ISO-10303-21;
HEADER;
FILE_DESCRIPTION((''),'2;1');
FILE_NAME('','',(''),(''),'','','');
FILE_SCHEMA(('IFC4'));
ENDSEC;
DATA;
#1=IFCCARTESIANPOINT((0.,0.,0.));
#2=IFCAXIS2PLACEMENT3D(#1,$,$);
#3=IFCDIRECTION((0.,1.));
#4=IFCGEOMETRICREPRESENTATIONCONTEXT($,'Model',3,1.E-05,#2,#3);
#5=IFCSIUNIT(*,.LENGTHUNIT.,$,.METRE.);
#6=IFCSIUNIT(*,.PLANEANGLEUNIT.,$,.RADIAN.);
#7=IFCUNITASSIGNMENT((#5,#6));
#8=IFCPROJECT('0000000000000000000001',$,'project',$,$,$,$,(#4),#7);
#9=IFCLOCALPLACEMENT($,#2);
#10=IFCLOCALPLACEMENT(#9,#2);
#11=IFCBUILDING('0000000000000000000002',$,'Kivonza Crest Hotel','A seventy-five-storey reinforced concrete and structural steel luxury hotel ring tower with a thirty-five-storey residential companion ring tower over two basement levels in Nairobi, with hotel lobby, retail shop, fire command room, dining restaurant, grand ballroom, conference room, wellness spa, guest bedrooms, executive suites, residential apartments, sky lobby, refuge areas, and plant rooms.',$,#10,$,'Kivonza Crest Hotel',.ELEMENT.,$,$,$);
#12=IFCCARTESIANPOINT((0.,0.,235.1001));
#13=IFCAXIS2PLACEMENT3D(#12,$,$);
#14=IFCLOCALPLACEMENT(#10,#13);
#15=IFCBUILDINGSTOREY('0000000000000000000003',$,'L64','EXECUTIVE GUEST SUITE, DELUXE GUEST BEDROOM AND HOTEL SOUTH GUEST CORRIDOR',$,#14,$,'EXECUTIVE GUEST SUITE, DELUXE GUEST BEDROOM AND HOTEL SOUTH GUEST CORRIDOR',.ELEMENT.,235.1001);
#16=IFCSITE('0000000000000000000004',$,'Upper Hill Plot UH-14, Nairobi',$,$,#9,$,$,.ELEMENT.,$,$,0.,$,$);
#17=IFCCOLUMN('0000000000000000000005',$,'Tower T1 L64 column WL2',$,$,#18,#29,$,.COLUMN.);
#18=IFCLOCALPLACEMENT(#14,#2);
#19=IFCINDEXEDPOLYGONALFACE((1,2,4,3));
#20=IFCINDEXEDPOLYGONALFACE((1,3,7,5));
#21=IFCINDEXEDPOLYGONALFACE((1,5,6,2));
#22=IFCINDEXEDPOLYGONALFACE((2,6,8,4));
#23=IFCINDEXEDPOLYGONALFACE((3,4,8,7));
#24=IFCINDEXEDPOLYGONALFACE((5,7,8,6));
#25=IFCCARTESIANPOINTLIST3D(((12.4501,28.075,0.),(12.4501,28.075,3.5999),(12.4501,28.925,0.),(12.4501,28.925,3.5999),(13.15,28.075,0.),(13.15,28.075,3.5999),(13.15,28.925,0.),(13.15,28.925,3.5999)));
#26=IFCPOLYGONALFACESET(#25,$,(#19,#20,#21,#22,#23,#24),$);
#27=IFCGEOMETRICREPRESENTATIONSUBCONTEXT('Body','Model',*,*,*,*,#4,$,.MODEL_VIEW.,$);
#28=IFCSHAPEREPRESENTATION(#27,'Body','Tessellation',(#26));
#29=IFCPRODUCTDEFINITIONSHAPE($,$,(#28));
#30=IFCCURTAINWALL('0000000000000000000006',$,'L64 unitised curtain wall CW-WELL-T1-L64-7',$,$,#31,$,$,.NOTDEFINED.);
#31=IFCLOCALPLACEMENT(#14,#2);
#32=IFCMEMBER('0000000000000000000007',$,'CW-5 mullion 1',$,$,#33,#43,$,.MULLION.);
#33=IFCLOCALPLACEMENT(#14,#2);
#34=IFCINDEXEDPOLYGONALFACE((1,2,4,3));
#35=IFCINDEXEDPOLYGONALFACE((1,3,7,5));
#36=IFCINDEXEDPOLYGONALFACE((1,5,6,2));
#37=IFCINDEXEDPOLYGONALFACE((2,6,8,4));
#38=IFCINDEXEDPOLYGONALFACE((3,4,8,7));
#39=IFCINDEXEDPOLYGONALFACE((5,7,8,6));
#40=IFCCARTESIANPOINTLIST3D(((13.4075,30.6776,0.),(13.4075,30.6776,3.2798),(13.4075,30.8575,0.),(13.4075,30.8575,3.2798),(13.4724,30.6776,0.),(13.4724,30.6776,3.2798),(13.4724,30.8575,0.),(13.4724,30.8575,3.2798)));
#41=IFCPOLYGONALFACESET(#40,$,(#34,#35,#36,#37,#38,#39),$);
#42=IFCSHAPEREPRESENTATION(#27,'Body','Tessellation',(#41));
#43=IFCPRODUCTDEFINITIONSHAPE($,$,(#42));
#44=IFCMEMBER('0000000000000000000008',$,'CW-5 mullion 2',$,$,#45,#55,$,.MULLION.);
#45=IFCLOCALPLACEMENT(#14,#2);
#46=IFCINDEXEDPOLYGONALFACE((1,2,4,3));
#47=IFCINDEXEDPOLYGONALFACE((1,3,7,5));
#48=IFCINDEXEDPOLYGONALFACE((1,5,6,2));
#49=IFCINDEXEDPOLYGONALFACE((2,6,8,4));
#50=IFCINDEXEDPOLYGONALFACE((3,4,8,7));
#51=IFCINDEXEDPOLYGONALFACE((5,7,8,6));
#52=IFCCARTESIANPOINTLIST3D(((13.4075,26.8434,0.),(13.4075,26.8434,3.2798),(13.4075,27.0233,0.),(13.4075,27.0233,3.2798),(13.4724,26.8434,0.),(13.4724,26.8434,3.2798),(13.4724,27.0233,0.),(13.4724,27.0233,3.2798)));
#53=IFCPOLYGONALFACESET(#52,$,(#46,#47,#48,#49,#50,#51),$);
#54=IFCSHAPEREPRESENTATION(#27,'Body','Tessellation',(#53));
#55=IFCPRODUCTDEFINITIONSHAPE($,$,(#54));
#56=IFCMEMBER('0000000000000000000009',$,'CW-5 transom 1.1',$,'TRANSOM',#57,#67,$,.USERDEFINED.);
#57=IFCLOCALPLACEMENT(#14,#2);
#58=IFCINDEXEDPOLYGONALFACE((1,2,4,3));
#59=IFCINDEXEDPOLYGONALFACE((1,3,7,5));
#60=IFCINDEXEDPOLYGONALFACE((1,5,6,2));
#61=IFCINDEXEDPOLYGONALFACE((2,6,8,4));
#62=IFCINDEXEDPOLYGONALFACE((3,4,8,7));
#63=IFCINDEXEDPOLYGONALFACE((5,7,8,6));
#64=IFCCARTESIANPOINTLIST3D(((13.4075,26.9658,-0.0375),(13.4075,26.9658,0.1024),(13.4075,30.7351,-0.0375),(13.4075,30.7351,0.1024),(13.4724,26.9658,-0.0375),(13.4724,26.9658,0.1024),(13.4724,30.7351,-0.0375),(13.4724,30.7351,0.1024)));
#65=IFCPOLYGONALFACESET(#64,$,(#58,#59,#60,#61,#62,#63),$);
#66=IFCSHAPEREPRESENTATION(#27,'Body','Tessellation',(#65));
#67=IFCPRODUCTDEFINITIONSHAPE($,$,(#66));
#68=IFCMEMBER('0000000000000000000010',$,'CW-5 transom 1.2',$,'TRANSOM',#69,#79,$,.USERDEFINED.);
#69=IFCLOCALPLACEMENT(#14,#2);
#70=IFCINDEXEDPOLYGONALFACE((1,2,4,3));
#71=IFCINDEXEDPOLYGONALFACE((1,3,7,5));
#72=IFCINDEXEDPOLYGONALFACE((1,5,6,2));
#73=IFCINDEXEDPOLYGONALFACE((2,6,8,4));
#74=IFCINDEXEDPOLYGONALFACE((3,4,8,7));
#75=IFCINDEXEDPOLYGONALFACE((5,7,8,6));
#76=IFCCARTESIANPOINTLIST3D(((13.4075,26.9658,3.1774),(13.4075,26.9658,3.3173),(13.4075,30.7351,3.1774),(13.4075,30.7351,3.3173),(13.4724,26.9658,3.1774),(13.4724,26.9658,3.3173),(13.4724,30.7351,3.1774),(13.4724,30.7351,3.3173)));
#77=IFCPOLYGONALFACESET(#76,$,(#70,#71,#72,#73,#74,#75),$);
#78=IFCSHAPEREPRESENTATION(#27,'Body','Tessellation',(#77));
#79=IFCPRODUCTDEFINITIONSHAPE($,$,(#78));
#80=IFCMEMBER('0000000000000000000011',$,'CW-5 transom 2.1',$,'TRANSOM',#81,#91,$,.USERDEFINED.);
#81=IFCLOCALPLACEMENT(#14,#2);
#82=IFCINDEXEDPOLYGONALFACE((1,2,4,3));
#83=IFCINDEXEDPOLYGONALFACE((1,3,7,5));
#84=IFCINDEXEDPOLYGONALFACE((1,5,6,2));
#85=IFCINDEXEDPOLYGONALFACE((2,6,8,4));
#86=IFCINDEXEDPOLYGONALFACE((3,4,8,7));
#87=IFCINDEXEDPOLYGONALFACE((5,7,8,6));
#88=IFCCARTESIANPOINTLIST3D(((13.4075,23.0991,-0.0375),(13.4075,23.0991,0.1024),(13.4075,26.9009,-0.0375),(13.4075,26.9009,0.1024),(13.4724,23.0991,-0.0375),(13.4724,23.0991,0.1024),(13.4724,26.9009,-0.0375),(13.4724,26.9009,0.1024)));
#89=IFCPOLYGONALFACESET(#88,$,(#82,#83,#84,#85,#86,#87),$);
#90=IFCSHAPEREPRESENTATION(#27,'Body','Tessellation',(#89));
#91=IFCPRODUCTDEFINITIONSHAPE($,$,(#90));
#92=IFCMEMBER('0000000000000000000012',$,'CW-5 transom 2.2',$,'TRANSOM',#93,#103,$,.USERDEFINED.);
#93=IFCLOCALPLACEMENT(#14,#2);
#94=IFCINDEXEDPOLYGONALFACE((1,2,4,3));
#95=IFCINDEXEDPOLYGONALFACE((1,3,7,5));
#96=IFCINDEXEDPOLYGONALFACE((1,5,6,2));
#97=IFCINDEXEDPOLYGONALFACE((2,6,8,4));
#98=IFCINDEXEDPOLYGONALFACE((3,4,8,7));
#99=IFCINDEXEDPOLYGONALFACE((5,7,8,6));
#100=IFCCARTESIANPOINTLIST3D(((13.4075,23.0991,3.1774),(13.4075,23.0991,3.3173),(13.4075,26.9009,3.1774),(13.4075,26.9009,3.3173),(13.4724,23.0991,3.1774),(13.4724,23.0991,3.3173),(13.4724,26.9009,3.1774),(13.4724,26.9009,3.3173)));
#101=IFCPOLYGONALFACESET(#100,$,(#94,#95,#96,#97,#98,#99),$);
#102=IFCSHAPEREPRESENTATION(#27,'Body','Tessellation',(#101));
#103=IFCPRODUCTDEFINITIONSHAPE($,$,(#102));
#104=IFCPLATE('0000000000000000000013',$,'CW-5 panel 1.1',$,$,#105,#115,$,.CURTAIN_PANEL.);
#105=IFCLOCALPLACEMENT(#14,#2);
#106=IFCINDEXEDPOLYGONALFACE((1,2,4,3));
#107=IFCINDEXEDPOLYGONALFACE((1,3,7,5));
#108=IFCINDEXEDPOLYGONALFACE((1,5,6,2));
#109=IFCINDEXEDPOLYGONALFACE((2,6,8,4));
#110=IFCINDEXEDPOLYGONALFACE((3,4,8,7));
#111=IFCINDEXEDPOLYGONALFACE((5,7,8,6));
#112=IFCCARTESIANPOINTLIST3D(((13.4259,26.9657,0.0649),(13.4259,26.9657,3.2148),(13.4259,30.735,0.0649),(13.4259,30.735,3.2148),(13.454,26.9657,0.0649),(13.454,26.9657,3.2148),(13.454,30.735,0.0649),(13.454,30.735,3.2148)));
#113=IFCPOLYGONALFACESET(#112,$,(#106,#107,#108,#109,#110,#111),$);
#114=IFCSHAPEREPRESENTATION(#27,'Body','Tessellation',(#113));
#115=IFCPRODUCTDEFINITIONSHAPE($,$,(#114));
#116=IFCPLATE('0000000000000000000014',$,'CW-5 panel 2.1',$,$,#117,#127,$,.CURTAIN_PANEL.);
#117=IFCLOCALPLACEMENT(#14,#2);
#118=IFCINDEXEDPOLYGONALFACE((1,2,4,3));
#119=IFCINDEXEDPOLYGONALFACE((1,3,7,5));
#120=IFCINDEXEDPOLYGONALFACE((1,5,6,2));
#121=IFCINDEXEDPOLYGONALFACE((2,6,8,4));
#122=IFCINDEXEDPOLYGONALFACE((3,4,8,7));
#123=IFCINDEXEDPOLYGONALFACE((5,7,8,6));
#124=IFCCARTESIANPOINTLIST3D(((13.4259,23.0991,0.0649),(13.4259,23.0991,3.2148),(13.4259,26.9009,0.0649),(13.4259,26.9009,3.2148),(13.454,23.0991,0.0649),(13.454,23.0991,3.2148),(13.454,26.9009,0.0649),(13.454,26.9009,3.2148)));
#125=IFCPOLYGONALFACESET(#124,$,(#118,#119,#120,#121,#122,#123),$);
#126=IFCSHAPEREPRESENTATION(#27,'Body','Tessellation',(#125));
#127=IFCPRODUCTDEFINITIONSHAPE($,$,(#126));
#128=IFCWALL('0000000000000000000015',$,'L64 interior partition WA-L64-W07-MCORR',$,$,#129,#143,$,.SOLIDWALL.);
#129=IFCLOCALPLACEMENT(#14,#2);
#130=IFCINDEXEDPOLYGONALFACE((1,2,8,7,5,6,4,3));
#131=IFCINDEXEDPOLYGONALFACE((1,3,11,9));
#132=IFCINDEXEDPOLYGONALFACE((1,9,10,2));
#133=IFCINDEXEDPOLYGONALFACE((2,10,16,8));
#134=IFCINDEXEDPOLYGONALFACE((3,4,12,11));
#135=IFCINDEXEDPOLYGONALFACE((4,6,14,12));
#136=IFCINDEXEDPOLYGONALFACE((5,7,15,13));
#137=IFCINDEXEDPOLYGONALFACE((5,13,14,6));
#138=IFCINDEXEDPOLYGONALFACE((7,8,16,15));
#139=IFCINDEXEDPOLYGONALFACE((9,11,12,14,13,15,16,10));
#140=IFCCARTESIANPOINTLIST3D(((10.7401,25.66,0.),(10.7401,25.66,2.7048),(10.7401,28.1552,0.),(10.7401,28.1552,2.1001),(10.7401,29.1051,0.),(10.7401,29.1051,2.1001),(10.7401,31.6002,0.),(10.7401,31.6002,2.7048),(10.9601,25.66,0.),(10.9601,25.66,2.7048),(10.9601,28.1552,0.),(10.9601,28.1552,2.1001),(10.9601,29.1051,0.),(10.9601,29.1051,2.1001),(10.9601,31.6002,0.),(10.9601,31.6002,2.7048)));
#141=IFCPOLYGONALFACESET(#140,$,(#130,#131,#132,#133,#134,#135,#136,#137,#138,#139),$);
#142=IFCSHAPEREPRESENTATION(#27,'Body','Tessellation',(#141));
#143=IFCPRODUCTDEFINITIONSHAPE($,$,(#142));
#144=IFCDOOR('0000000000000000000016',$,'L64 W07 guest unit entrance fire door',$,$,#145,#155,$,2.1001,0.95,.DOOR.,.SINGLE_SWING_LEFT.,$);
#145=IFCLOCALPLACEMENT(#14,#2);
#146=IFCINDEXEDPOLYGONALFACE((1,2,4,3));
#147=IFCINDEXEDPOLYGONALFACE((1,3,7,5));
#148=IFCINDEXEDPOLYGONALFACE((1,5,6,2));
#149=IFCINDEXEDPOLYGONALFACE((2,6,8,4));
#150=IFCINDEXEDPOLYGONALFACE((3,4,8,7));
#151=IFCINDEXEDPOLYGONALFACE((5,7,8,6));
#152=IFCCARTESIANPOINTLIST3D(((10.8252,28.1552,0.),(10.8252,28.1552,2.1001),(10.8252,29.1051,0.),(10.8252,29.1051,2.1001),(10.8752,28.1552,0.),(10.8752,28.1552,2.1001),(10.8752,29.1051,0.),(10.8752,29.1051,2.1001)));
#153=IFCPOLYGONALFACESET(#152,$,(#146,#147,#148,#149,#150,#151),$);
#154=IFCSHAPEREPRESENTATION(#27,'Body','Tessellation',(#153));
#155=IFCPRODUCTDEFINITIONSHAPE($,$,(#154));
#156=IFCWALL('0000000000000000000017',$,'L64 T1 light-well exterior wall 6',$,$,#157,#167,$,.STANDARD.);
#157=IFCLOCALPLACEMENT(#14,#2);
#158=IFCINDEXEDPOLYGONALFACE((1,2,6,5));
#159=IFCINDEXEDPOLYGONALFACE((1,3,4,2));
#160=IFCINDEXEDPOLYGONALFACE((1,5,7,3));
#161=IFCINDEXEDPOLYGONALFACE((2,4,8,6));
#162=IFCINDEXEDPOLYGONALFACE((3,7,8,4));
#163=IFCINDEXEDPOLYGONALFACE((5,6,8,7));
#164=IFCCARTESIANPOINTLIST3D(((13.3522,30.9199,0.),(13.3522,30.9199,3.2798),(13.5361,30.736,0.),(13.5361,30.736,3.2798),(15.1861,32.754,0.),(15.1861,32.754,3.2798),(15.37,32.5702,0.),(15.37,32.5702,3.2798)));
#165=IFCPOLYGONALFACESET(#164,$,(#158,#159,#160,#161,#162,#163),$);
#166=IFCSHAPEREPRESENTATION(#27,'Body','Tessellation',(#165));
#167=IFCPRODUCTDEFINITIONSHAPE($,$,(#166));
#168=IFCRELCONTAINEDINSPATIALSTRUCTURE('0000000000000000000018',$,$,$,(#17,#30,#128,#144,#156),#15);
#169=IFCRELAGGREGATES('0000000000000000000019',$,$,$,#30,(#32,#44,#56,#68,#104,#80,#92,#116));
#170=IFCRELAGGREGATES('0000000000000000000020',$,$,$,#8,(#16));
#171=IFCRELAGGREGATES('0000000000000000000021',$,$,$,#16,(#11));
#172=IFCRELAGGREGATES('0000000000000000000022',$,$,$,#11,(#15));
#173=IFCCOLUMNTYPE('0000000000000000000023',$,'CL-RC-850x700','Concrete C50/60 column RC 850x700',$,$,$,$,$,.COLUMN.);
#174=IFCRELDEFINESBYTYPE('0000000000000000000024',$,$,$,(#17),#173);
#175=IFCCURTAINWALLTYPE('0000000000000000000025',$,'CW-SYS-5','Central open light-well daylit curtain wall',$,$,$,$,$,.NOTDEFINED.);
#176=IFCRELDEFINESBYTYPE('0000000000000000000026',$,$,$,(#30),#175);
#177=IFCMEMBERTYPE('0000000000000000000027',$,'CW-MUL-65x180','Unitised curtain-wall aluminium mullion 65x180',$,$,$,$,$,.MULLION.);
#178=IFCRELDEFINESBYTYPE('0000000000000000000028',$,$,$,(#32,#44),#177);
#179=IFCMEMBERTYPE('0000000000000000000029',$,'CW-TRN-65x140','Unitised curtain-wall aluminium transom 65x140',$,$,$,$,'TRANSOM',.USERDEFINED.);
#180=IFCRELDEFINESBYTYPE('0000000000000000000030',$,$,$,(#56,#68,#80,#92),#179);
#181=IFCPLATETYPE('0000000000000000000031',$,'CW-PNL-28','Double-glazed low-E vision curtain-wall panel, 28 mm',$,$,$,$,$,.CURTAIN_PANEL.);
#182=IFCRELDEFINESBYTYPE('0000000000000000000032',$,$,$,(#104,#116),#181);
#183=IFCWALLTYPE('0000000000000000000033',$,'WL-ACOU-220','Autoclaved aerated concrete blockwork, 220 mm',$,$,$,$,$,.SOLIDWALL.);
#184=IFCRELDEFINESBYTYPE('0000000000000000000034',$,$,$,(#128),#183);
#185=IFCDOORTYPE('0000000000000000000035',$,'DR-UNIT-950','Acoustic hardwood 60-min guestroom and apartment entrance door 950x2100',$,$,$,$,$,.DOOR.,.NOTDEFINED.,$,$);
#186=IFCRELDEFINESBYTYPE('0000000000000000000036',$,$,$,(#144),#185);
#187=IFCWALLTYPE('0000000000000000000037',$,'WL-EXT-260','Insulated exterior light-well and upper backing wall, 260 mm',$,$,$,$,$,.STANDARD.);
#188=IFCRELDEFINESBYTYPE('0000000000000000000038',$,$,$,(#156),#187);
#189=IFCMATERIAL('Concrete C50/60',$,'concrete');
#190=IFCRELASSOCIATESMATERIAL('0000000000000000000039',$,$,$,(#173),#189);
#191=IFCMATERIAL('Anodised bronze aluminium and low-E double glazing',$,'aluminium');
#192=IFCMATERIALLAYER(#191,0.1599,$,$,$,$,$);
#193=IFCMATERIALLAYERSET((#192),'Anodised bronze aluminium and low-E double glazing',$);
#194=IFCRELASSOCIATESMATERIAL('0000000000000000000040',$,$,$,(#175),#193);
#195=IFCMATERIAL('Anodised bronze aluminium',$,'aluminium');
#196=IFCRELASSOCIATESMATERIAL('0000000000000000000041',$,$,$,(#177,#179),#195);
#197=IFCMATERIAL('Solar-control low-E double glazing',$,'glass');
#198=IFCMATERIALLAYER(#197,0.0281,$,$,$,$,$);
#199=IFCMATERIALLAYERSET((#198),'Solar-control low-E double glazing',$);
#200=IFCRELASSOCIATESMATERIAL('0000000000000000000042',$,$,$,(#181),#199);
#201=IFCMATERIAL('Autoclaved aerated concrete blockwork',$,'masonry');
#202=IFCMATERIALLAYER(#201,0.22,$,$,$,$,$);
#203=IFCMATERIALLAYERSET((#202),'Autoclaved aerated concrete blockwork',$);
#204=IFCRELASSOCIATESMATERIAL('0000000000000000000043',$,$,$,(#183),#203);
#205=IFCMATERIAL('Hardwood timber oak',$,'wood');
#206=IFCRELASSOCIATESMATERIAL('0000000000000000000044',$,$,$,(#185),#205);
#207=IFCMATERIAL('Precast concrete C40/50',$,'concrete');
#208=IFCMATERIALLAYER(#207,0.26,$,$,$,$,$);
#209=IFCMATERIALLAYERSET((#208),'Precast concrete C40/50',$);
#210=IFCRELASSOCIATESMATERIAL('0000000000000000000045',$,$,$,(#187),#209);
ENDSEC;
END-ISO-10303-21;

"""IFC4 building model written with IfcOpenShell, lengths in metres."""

from ifc_helpers import new_model, si_unit, direction, frame, frame_2d, origin, origin_2d, place, context, subcontext, project, spatial, rectangle, extrude, material, layer, layer_set, material_profile, profile_set, type_object, element, fill, aggregate, save


model = new_model("IFC4")

# Units and contexts
model_context = context("Model", 3, precision=1e-05, world=origin(), true_north=direction((0.0, 1.0)))
body_context = subcontext(model_context, "Body", "Model", "MODEL_VIEW")
ifc_project = project(units=[si_unit("LENGTHUNIT", "METRE"), si_unit("PLANEANGLEUNIT", "RADIAN")], contexts=[model_context])

# Site, building, storey
site_placement = place(None, origin())
site = spatial("IfcSite", under=ifc_project, at=site_placement, Name="Upper Hill Plot UH-14, Nairobi", CompositionType="ELEMENT", RefElevation=0.0)
building_placement = place(site_placement, origin())
building = spatial("IfcBuilding", under=site, at=building_placement, Name="Kivonza Crest Hotel", Description="A seventy-five-storey reinforced concrete and structural steel luxury hotel ring tower with a thirty-five-storey residential companion ring tower over two basement levels in Nairobi, with hotel lobby, retail shop, fire command room, dining restaurant, grand ballroom, conference room, wellness spa, guest bedrooms, executive suites, residential apartments, sky lobby, refuge areas, and plant rooms.", LongName="Kivonza Crest Hotel", CompositionType="ELEMENT")
storey_placement = place(building_placement, frame((0.0, 0.0, 235.1001)))
storey = spatial("IfcBuildingStorey", under=building, at=storey_placement, Name="L64", Description="EXECUTIVE GUEST SUITE, DELUXE GUEST BEDROOM AND HOTEL SOUTH GUEST CORRIDOR", LongName="EXECUTIVE GUEST SUITE, DELUXE GUEST BEDROOM AND HOTEL SOUTH GUEST CORRIDOR", CompositionType="ELEMENT", Elevation=235.1001)

# Column
ifc_material_1 = material(Name="Concrete C50/60", Category="concrete")
ifc_material_profile_1 = material_profile(ifc_material_1, rectangle(XDim=0.7, YDim=0.8501, at=origin_2d()), Name="RC 850x700")
ifc_profile_set_1 = profile_set([ifc_material_profile_1], Name="Concrete C50/60")
column_type = type_object("IfcColumnType", Name="CL-RC-850x700", Description="Concrete C50/60 column RC 850x700", PredefinedType="COLUMN", material=ifc_profile_set_1)
column_placement = place(storey_placement, frame((12.8, 28.5, 0.0), z_axis=(0.0, 0.0, 1.0), x_axis=(1.0, 0.0, 0.0)))
element("IfcColumn", 1, at=column_placement, inside=storey, type_object=column_type, Name="Tower T1 L64 column WL2", PredefinedType="COLUMN", context=body_context, shape_type="SweptSolid", body=[
    extrude(rectangle(XDim=0.7, YDim=0.8501, at=origin_2d()), origin(), (0.0, 0.0, 1.0), 3.5999),
])

# Curtain wall, members, plates
ifc_material_2 = material(Name="Anodised bronze aluminium and low-E double glazing", Category="aluminium")
ifc_layer_1 = layer(ifc_material_2, 0.1599)
ifc_layer_set_1 = layer_set([ifc_layer_1], Name="Anodised bronze aluminium and low-E double glazing")
curtain_wall_type = type_object("IfcCurtainWallType", Name="CW-SYS-5", Description="Central open light-well daylit curtain wall", PredefinedType="NOTDEFINED", material=ifc_layer_set_1)
curtain_wall_placement = place(storey_placement, origin())
curtain_wall = element("IfcCurtainWall", 2, at=curtain_wall_placement, inside=storey, type_object=curtain_wall_type, Name="L64 unitised curtain wall CW-WELL-T1-L64-7", PredefinedType="NOTDEFINED")
ifc_material_3 = material(Name="Anodised bronze aluminium", Category="aluminium")
ifc_material_profile_2 = material_profile(ifc_material_3, rectangle(XDim=0.0649, YDim=0.1799, at=origin_2d()), Name="CW-M 65x180")
ifc_profile_set_2 = profile_set([ifc_material_profile_2], Name="Anodised bronze aluminium")
member_type_1 = type_object("IfcMemberType", Name="CW-MUL-65x180", Description="Unitised curtain-wall aluminium mullion 65x180", PredefinedType="MULLION", material=ifc_profile_set_2)
member_1_placement = place(storey_placement, frame((13.4399, 30.7676, 0.0), z_axis=(0.0, 0.0, 1.0), x_axis=(1.0, 0.0, 0.0)))
member_1 = element("IfcMember", 3, at=member_1_placement, type_object=member_type_1, Name="CW-5 mullion 1", PredefinedType="MULLION", context=body_context, shape_type="SweptSolid", body=[
    extrude(rectangle(XDim=0.0649, YDim=0.1799, at=origin_2d()), origin(), (0.0, 0.0, 1.0), 3.2798),
])
member_2_placement = place(storey_placement, frame((13.4399, 26.9333, 0.0), z_axis=(0.0, 0.0, 1.0), x_axis=(1.0, 0.0, 0.0)))
member_2 = element("IfcMember", 4, at=member_2_placement, type_object=member_type_1, Name="CW-5 mullion 2", PredefinedType="MULLION", context=body_context, shape_type="SweptSolid", body=[
    extrude(rectangle(XDim=0.0649, YDim=0.1799, at=origin_2d()), origin(), (0.0, 0.0, 1.0), 3.2798),
])
ifc_material_profile_3 = material_profile(ifc_material_3, rectangle(XDim=0.0649, YDim=0.1399, at=origin_2d()), Name="CW-T 65x140")
ifc_profile_set_3 = profile_set([ifc_material_profile_3], Name="Anodised bronze aluminium")
member_type_2 = type_object("IfcMemberType", Name="CW-TRN-65x140", Description="Unitised curtain-wall aluminium transom 65x140", ElementType="TRANSOM", PredefinedType="USERDEFINED", material=ifc_profile_set_3)
member_3_placement = place(storey_placement, frame((13.4399, 30.7351, 0.0325), z_axis=(0.0, -1.0, 0.0), x_axis=(1.0, 0.0, 0.0)))
member_3 = element("IfcMember", 5, at=member_3_placement, type_object=member_type_2, Name="CW-5 transom 1.1", ObjectType="TRANSOM", PredefinedType="USERDEFINED", context=body_context, shape_type="SweptSolid", body=[
    extrude(rectangle(XDim=0.0649, YDim=0.1399, at=origin_2d()), origin(), (0.0, 0.0, 1.0), 3.7693),
])
member_4_placement = place(storey_placement, frame((13.4399, 30.7351, 3.2473), z_axis=(0.0, -1.0, 0.0), x_axis=(1.0, 0.0, 0.0)))
member_4 = element("IfcMember", 6, at=member_4_placement, type_object=member_type_2, Name="CW-5 transom 1.2", ObjectType="TRANSOM", PredefinedType="USERDEFINED", context=body_context, shape_type="SweptSolid", body=[
    extrude(rectangle(XDim=0.0649, YDim=0.1399, at=origin_2d()), origin(), (0.0, 0.0, 1.0), 3.7693),
])
member_5_placement = place(storey_placement, frame((13.4399, 26.9009, 0.0325), z_axis=(0.0, -1.0, 0.0), x_axis=(1.0, 0.0, 0.0)))
member_5 = element("IfcMember", 7, at=member_5_placement, type_object=member_type_2, Name="CW-5 transom 2.1", ObjectType="TRANSOM", PredefinedType="USERDEFINED", context=body_context, shape_type="SweptSolid", body=[
    extrude(rectangle(XDim=0.0649, YDim=0.1399, at=origin_2d()), origin(), (0.0, 0.0, 1.0), 3.8018),
])
member_6_placement = place(storey_placement, frame((13.4399, 26.9009, 3.2473), z_axis=(0.0, -1.0, 0.0), x_axis=(1.0, 0.0, 0.0)))
member_6 = element("IfcMember", 8, at=member_6_placement, type_object=member_type_2, Name="CW-5 transom 2.2", ObjectType="TRANSOM", PredefinedType="USERDEFINED", context=body_context, shape_type="SweptSolid", body=[
    extrude(rectangle(XDim=0.0649, YDim=0.1399, at=origin_2d()), origin(), (0.0, 0.0, 1.0), 3.8018),
])
ifc_material_4 = material(Name="Solar-control low-E double glazing", Category="glass")
ifc_layer_2 = layer(ifc_material_4, 0.0281)
ifc_layer_set_2 = layer_set([ifc_layer_2], Name="Solar-control low-E double glazing")
plate_type = type_object("IfcPlateType", Name="CW-PNL-28", Description="Double-glazed low-E vision curtain-wall panel, 28 mm", PredefinedType="CURTAIN_PANEL", material=ifc_layer_set_2)
plate_1_placement = place(storey_placement, frame((13.4399, 28.8503, 0.0649), z_axis=(0.0, 0.0, 1.0), x_axis=(0.0, -1.0, 0.0)))
plate_1 = element("IfcPlate", 9, at=plate_1_placement, type_object=plate_type, Name="CW-5 panel 1.1", PredefinedType="CURTAIN_PANEL", context=body_context, shape_type="SweptSolid", body=[
    extrude(rectangle(XDim=3.7693, YDim=0.0281, at=origin_2d()), origin(), (0.0, 0.0, 1.0), 3.1499),
])
plate_2_placement = place(storey_placement, frame((13.4399, 25.0, 0.0649), z_axis=(0.0, 0.0, 1.0), x_axis=(0.0, -1.0, 0.0)))
plate_2 = element("IfcPlate", 10, at=plate_2_placement, type_object=plate_type, Name="CW-5 panel 2.1", PredefinedType="CURTAIN_PANEL", context=body_context, shape_type="SweptSolid", body=[
    extrude(rectangle(XDim=3.8018, YDim=0.0281, at=origin_2d()), origin(), (0.0, 0.0, 1.0), 3.1499),
])
aggregate(curtain_wall, [member_1, member_2, member_3, member_4, plate_1, member_5, member_6, plate_2])

# Wall, opening, door
ifc_material_5 = material(Name="Autoclaved aerated concrete blockwork", Category="masonry")
ifc_layer_3 = layer(ifc_material_5, 0.22)
ifc_layer_set_3 = layer_set([ifc_layer_3], Name="Autoclaved aerated concrete blockwork")
wall_type_1 = type_object("IfcWallType", Name="WL-ACOU-220", Description="Autoclaved aerated concrete blockwork, 220 mm", PredefinedType="SOLIDWALL", material=ifc_layer_set_3)
wall_1_placement = place(storey_placement, frame((10.8501, 25.6599, 0.0), z_axis=(0.0, 0.0, 1.0), x_axis=(0.0, 1.0, 0.0)))
wall_1 = element("IfcWall", 11, at=wall_1_placement, inside=storey, type_object=wall_type_1, Name="L64 interior partition WA-L64-W07-MCORR", PredefinedType="SOLIDWALL", context=body_context, shape_type="SweptSolid", body=[
    extrude(rectangle(XDim=5.9402, YDim=0.22, at=frame_2d((2.9702, 0.0))), origin(), (0.0, 0.0, 1.0), 2.7048),
])
opening_1_placement = place(wall_1_placement, frame((2.4951, 0.0, 0.0)))
opening_1 = element("IfcOpeningElement", 12, at=opening_1_placement, cuts=wall_1, PredefinedType="OPENING", context=body_context, shape_type="SweptSolid", body=[
    extrude(rectangle(XDim=0.95, YDim=2.1001, at=frame_2d((0.4751, 1.05))), frame((0.0, 0.1201, 0.0), z_axis=(0.0, -1.0, 0.0), x_axis=(1.0, 0.0, 0.0)), (0.0, 0.0, 1.0), 0.24),
])
ifc_material_6 = material(Name="Hardwood timber oak", Category="wood")
door_type_1 = type_object("IfcDoorType", Name="DR-UNIT-950", Description="Acoustic hardwood 60-min guestroom and apartment entrance door 950x2100", OperationType="NOTDEFINED", PredefinedType="DOOR", material=ifc_material_6)
door_1_placement = place(opening_1_placement, origin())
door_1 = element("IfcDoor", 13, at=door_1_placement, inside=storey, type_object=door_type_1, Name="L64 W07 guest unit entrance fire door", OperationType="SINGLE_SWING_LEFT", OverallHeight=2.1001, OverallWidth=0.95, PredefinedType="DOOR", context=body_context, shape_type="SweptSolid", body=[
    extrude(rectangle(XDim=0.95, YDim=2.1001, at=frame_2d((0.4751, 1.05))), frame((0.0, 0.0249, 0.0), z_axis=(0.0, -1.0, 0.0), x_axis=(1.0, 0.0, 0.0)), (0.0, 0.0, 1.0), 0.05),
])
fill(opening_1, door_1)

# Wall
ifc_material_7 = material(Name="Precast concrete C40/50", Category="concrete")
ifc_layer_4 = layer(ifc_material_7, 0.26)
ifc_layer_set_4 = layer_set([ifc_layer_4], Name="Precast concrete C40/50")
wall_type_2 = type_object("IfcWallType", Name="WL-EXT-260", Description="Insulated exterior light-well and upper backing wall, 260 mm", PredefinedType="STANDARD", material=ifc_layer_set_4)
wall_2_placement = place(storey_placement, frame((15.2781, 32.6621, 0.0), z_axis=(0.0, 0.0, 1.0), x_axis=(-0.70706, -0.707154, 0.0)))
element("IfcWall", 14, at=wall_2_placement, inside=storey, type_object=wall_type_2, Name="L64 T1 light-well exterior wall 6", PredefinedType="STANDARD", context=body_context, shape_type="SweptSolid", body=[
    extrude(rectangle(XDim=2.5938, YDim=0.26, at=frame_2d((1.2969, 0.0))), origin(), (0.0, 0.0, 1.0), 3.2798),
])

save(model, "model.ifc")
